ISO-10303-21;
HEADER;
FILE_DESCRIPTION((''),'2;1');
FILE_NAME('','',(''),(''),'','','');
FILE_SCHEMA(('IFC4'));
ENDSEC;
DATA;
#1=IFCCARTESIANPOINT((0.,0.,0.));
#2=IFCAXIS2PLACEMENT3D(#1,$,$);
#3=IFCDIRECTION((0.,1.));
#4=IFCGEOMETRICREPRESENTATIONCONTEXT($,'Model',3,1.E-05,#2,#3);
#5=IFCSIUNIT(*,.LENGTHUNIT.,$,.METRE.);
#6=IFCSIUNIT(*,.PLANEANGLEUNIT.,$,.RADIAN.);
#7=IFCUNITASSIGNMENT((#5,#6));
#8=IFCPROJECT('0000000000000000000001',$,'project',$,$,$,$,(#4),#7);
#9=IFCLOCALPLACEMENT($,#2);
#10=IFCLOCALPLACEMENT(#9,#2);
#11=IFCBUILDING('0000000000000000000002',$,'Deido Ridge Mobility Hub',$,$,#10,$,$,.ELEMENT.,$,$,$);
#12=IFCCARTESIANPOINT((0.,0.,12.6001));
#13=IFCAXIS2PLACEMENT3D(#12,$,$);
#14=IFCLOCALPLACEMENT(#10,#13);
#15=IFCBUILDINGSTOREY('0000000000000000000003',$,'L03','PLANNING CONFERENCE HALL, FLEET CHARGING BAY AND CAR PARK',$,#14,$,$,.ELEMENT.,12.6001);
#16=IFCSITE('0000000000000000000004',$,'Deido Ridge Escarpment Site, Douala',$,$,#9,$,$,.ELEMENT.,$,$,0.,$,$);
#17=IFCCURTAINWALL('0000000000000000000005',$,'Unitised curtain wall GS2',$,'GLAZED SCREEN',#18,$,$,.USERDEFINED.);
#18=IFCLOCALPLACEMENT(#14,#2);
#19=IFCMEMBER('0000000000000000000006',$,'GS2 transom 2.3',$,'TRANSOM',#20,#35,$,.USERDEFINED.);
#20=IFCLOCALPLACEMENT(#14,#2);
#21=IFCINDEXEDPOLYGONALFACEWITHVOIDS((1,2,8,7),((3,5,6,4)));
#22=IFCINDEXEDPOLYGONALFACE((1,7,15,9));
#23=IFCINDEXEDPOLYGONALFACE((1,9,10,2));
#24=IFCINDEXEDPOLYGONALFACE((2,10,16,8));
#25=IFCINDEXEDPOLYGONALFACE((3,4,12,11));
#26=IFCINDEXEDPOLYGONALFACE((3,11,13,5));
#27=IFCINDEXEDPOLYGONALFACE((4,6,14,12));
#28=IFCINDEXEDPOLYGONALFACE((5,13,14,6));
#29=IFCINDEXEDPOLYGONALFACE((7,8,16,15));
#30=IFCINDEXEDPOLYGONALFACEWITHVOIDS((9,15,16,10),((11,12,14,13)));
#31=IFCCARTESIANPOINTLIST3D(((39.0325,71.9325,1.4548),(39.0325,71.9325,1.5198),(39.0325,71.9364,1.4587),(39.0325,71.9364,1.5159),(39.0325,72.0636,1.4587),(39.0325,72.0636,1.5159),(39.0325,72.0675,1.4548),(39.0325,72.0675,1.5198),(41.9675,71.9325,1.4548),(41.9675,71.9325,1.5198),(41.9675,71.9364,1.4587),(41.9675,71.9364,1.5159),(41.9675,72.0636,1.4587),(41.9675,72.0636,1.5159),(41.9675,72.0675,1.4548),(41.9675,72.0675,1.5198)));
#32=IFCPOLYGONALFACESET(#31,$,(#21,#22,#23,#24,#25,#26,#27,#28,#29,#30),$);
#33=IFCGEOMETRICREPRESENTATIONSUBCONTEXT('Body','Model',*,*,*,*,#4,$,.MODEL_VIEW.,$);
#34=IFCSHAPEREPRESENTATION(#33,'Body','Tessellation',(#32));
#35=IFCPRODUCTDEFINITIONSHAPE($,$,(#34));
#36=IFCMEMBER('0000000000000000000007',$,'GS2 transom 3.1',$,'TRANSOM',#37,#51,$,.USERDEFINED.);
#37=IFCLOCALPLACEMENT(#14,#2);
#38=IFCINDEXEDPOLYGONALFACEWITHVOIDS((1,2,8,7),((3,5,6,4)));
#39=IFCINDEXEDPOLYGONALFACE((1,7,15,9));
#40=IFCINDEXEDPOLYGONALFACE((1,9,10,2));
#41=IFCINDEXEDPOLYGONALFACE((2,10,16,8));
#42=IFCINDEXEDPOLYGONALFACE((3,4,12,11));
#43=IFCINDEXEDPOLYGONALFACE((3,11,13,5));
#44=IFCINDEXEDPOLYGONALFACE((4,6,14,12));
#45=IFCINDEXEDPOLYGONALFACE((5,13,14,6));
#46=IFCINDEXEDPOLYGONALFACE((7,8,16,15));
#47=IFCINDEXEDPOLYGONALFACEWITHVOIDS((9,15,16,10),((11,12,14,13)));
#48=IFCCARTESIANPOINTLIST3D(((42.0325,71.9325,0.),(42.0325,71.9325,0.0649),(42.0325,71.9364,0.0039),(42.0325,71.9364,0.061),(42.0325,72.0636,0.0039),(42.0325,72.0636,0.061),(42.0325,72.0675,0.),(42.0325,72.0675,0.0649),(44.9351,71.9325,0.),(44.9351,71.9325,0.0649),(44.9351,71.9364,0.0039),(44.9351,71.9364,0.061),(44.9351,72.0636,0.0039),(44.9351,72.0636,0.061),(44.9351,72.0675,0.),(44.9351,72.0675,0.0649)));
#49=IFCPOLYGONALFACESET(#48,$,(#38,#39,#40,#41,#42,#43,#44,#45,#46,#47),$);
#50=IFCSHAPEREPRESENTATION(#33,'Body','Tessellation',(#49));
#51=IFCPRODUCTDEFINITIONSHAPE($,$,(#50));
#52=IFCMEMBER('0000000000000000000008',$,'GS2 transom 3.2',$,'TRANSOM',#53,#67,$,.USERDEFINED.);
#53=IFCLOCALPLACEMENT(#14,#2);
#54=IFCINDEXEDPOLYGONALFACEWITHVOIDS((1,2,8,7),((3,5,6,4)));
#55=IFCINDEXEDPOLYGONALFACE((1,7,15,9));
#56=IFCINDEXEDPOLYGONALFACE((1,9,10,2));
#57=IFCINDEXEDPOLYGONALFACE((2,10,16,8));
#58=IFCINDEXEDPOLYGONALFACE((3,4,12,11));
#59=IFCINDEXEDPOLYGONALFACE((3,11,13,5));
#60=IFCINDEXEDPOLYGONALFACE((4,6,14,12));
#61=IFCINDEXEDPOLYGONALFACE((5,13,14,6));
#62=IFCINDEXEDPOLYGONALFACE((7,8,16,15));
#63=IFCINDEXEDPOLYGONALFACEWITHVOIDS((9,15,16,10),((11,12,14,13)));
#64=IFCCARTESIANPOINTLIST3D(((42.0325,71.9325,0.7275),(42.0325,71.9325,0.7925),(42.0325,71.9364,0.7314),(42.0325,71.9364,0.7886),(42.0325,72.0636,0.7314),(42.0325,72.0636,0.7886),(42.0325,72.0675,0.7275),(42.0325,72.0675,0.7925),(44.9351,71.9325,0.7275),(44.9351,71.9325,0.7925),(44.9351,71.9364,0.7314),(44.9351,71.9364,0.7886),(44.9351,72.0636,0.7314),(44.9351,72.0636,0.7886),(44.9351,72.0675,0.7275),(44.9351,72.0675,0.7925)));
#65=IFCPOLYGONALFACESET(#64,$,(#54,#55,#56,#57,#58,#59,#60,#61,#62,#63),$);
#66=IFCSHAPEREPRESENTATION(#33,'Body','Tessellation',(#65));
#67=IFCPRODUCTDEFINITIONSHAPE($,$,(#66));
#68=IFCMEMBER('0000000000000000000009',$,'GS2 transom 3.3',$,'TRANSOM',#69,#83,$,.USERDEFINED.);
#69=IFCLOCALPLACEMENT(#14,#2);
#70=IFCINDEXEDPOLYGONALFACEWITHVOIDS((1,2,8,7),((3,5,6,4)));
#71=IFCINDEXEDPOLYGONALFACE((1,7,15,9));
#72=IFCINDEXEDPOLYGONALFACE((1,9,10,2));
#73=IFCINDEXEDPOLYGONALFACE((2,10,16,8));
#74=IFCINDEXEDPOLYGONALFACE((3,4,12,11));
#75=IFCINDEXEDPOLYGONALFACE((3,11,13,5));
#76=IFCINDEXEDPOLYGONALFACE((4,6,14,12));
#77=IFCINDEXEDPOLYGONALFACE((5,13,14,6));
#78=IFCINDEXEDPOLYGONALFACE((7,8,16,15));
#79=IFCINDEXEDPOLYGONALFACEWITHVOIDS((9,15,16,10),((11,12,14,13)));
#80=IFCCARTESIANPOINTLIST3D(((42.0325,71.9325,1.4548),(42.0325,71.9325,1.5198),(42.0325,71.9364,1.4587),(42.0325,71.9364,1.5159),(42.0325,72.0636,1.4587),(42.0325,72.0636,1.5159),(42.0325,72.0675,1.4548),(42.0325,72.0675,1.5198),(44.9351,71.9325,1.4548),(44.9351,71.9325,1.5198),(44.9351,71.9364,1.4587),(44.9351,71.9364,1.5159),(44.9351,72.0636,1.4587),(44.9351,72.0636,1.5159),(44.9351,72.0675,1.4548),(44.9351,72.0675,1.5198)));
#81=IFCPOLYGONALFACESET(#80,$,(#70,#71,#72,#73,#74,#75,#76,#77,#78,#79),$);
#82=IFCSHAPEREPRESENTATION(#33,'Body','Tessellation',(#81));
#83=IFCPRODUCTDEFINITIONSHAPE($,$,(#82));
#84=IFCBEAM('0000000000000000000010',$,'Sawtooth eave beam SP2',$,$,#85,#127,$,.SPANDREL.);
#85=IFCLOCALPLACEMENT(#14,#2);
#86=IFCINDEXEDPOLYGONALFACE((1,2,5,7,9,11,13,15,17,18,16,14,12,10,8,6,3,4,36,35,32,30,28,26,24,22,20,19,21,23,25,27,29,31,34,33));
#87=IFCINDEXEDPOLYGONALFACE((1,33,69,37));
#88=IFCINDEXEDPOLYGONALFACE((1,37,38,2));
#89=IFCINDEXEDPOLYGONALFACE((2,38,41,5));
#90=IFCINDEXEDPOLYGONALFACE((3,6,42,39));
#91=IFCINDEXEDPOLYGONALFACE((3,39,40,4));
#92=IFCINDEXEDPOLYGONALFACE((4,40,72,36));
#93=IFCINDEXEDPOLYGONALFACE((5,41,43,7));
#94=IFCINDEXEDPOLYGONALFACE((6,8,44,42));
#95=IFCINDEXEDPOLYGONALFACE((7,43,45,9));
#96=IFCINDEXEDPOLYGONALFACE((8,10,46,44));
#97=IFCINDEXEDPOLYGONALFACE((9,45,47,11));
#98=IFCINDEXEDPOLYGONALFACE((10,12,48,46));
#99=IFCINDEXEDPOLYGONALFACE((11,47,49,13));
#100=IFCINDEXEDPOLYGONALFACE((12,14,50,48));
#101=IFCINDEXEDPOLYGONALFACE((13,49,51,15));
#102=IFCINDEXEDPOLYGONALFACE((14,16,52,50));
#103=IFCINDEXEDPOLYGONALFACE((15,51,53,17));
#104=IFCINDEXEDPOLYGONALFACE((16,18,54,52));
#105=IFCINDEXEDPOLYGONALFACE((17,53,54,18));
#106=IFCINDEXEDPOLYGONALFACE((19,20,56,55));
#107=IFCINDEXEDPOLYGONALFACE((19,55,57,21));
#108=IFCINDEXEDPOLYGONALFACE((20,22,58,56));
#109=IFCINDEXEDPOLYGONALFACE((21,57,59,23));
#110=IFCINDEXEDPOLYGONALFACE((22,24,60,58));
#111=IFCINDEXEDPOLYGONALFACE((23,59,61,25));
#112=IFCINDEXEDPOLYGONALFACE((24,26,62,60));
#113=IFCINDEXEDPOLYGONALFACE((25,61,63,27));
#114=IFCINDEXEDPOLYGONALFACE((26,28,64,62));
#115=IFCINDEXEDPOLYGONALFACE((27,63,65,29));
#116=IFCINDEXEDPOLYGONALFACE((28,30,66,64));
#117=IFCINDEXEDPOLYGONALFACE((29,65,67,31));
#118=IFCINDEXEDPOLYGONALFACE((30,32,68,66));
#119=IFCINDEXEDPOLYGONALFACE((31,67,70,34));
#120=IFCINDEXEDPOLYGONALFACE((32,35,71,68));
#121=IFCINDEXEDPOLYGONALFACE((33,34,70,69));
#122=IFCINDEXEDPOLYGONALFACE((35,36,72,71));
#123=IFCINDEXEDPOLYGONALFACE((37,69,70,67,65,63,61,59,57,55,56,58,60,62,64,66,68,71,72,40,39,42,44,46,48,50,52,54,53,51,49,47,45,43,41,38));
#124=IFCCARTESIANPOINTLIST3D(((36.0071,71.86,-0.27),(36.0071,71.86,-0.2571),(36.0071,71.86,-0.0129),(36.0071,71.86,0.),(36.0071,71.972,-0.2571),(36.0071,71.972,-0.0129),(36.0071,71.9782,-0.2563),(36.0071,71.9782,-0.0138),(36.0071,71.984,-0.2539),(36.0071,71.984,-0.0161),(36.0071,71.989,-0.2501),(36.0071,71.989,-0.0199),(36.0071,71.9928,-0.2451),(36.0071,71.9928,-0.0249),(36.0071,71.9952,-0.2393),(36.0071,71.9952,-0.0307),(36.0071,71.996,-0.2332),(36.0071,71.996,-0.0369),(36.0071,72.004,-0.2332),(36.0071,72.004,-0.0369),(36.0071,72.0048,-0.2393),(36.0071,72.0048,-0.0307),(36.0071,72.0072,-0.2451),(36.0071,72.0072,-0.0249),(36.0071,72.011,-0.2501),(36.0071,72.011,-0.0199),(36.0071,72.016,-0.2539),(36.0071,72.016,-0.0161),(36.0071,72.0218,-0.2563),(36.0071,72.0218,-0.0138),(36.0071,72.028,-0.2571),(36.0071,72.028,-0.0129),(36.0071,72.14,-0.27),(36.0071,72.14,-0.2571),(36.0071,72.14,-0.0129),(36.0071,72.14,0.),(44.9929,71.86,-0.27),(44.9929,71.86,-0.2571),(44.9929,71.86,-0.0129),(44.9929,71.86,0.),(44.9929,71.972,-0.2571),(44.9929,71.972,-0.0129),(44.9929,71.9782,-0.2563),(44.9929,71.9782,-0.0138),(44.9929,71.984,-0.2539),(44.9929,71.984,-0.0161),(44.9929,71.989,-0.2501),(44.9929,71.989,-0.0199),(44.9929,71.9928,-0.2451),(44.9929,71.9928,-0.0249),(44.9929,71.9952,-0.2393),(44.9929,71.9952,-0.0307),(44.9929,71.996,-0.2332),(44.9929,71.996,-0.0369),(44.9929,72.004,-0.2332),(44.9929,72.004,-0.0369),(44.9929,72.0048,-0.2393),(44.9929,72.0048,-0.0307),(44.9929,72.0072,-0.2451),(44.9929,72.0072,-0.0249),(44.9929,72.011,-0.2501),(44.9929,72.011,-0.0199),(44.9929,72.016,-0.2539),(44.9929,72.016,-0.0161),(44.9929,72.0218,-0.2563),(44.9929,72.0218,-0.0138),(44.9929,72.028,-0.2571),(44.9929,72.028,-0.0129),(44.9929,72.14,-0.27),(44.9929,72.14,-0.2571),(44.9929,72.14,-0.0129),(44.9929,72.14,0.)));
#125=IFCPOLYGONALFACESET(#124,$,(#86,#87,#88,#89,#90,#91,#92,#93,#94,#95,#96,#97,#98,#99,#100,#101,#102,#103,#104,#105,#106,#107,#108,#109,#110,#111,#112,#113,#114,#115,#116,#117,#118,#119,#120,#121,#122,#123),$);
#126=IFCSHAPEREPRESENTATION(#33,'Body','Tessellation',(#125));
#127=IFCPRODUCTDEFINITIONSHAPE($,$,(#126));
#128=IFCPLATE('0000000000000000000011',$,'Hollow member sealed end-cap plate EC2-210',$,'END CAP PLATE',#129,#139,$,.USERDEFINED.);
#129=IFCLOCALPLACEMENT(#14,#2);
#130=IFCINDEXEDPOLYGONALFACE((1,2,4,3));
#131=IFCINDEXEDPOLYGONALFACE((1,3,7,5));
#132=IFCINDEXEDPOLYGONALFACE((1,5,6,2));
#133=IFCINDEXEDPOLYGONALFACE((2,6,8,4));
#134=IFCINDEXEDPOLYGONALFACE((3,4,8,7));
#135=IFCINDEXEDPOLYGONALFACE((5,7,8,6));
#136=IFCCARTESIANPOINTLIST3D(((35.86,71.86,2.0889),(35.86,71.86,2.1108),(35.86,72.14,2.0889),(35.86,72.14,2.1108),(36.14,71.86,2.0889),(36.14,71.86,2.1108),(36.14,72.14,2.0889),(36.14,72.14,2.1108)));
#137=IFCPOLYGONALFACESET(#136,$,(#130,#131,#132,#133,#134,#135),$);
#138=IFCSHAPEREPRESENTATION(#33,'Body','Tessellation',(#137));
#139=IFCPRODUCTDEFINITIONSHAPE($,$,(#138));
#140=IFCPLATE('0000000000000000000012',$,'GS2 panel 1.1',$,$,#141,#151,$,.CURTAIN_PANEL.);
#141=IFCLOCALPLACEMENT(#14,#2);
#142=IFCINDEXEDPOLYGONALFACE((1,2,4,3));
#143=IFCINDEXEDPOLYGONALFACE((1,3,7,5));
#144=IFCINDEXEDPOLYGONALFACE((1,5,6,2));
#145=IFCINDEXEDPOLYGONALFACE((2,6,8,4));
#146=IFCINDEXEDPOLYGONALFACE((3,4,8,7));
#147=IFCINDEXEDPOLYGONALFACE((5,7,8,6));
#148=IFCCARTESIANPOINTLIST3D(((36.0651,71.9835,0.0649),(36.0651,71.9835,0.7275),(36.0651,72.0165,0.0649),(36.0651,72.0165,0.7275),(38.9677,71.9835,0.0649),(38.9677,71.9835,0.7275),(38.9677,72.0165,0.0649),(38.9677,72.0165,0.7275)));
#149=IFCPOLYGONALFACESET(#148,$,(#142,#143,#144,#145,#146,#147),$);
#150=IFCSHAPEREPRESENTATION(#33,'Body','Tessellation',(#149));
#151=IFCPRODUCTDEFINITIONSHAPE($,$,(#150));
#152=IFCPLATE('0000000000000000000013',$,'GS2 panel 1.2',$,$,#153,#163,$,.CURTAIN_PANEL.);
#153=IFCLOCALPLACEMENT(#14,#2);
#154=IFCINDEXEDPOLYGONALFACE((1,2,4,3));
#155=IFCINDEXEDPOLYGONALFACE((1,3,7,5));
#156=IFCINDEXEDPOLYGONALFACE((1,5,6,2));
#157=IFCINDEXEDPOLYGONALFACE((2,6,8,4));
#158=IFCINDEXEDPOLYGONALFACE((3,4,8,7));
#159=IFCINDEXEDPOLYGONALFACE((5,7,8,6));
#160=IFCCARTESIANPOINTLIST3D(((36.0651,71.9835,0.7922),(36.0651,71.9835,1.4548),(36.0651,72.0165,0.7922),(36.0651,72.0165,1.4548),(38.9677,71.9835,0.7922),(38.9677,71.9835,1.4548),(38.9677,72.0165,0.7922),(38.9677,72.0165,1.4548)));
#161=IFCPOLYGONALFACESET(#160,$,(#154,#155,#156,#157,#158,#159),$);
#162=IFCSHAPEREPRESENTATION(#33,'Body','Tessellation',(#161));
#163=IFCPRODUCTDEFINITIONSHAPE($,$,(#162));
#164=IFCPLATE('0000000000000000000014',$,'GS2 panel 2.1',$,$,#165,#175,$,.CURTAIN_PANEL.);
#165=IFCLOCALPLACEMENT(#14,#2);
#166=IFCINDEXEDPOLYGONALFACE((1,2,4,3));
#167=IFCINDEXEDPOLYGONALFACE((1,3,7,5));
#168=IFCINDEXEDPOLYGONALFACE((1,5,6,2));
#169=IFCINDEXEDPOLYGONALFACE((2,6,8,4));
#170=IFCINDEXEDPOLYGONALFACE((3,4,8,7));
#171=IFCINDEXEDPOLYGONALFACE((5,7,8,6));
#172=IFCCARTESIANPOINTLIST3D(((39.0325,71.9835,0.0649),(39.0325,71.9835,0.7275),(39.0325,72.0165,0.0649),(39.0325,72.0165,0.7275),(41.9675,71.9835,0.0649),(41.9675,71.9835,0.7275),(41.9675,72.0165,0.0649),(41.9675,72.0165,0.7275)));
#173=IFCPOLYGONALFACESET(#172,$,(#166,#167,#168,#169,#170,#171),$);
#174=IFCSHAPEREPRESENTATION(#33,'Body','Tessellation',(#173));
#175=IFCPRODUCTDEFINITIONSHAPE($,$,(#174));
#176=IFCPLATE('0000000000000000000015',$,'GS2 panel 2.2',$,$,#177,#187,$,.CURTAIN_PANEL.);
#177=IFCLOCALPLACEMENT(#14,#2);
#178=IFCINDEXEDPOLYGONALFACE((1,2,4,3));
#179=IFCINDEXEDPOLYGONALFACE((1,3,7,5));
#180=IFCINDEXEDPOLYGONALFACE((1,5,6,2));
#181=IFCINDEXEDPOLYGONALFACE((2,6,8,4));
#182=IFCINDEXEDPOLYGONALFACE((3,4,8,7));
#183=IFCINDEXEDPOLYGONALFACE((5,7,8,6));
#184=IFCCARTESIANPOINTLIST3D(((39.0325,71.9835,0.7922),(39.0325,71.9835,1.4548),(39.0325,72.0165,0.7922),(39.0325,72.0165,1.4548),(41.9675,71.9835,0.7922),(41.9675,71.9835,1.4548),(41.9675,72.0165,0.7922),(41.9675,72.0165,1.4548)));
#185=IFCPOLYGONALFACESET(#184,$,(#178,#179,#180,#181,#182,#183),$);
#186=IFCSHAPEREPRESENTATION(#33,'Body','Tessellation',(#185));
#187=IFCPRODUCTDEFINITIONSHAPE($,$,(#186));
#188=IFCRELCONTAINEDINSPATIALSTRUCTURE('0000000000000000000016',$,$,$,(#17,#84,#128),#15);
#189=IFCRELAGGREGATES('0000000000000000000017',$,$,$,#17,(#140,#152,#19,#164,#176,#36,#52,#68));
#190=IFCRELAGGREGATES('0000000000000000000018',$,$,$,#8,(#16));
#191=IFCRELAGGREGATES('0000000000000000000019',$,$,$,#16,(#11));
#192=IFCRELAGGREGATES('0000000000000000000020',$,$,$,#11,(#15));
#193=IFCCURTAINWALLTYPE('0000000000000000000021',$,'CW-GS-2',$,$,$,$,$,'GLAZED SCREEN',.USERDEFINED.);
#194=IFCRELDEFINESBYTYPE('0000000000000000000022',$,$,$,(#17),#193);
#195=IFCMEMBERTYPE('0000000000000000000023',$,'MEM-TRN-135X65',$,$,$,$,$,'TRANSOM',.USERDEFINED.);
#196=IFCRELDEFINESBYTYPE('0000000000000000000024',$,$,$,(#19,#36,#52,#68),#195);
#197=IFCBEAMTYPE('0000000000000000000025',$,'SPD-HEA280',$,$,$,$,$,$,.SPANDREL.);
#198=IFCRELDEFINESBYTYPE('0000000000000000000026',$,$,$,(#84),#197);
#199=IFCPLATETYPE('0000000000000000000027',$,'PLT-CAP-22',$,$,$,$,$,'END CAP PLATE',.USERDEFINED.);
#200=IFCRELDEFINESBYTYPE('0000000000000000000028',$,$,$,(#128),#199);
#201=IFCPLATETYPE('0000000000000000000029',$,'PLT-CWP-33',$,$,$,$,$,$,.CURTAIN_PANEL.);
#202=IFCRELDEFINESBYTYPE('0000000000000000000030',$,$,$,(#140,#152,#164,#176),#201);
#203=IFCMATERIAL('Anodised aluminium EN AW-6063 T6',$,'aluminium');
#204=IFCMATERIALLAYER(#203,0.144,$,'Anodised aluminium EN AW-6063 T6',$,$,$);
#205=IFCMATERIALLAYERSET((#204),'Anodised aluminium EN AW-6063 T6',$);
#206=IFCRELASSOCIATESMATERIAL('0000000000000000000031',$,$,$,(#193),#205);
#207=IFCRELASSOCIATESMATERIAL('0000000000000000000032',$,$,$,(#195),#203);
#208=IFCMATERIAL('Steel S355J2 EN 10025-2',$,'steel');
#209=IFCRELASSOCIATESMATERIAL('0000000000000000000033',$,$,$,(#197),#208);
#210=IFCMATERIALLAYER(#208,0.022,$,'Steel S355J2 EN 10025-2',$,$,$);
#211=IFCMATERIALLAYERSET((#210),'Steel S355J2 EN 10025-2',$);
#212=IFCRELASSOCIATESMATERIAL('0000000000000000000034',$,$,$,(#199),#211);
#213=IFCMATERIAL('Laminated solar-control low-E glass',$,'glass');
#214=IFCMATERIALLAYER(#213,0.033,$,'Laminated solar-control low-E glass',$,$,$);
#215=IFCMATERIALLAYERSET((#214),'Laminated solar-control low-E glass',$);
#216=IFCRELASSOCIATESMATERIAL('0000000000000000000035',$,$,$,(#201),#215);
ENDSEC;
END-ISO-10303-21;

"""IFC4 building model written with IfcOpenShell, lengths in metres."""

from ifc_helpers import new_model, si_unit, direction, frame, origin, origin_2d, place, context, subcontext, project, spatial, rectangle, hollow_rectangle, i_section, extrude, material, layer, layer_set, material_profile, profile_set, type_object, element, aggregate, save


model = new_model("IFC4")

# Units and contexts
model_context = context("Model", 3, precision=1e-05, world=origin(), true_north=direction((0.0, 1.0)))
body_context = subcontext(model_context, "Body", "Model", "MODEL_VIEW")
ifc_project = project(units=[si_unit("LENGTHUNIT", "METRE"), si_unit("PLANEANGLEUNIT", "RADIAN")], contexts=[model_context])

# Site, building, storey
site_placement = place(None, origin())
site = spatial("IfcSite", under=ifc_project, at=site_placement, Name="Deido Ridge Escarpment Site, Douala", CompositionType="ELEMENT", RefElevation=0.0)
building_placement = place(site_placement, origin())
building = spatial("IfcBuilding", under=site, at=building_placement, Name="Deido Ridge Mobility Hub", CompositionType="ELEMENT")
storey_placement = place(building_placement, frame((0.0, 0.0, 12.6001)))
storey = spatial("IfcBuildingStorey", under=building, at=storey_placement, Name="L03", Description="PLANNING CONFERENCE HALL, FLEET CHARGING BAY AND CAR PARK", CompositionType="ELEMENT", Elevation=12.6001)

# Curtain wall
ifc_material_1 = material(Name="Anodised aluminium EN AW-6063 T6", Category="aluminium")
ifc_layer_1 = layer(ifc_material_1, 0.144, Name="Anodised aluminium EN AW-6063 T6")
ifc_layer_set_1 = layer_set([ifc_layer_1], Name="Anodised aluminium EN AW-6063 T6")
curtain_wall_type = type_object("IfcCurtainWallType", Name="CW-GS-2", ElementType="GLAZED SCREEN", PredefinedType="USERDEFINED", material=ifc_layer_set_1)
curtain_wall_placement = place(storey_placement, origin())
curtain_wall = element("IfcCurtainWall", 1, at=curtain_wall_placement, inside=storey, type_object=curtain_wall_type, Name="Unitised curtain wall GS2", ObjectType="GLAZED SCREEN", PredefinedType="USERDEFINED")

# Members
ifc_material_profile_1 = material_profile(ifc_material_1, hollow_rectangle(XDim=0.135, YDim=0.0649, WallThickness=0.0039, at=origin_2d()), Name="RHS 135x65x4")
ifc_profile_set_1 = profile_set([ifc_material_profile_1], Name="Anodised aluminium EN AW-6063 T6")
member_type_1 = type_object("IfcMemberType", Name="MEM-TRN-135X65", ElementType="TRANSOM", PredefinedType="USERDEFINED", material=ifc_profile_set_1)
member_1_placement = place(storey_placement, frame((39.0325, 72.0, 1.4873), z_axis=(1.0, 0.0, 0.0), x_axis=(0.0, 1.0, 0.0)))
member_1 = element("IfcMember", 2, at=member_1_placement, type_object=member_type_1, Name="GS2 transom 2.3", ObjectType="TRANSOM", PredefinedType="USERDEFINED", context=body_context, shape_type="SweptSolid", body=[
    extrude(hollow_rectangle(XDim=0.135, YDim=0.0649, WallThickness=0.0039, at=origin_2d()), origin(), (0.0, 0.0, 1.0), 2.9351),
])
member_2_placement = place(storey_placement, frame((42.0325, 72.0, 0.0325), z_axis=(1.0, 0.0, 0.0), x_axis=(0.0, 1.0, 0.0)))
member_2 = element("IfcMember", 3, at=member_2_placement, type_object=member_type_1, Name="GS2 transom 3.1", ObjectType="TRANSOM", PredefinedType="USERDEFINED", context=body_context, shape_type="SweptSolid", body=[
    extrude(hollow_rectangle(XDim=0.135, YDim=0.0649, WallThickness=0.0039, at=origin_2d()), origin(), (0.0, 0.0, 1.0), 2.9026),
])
member_3_placement = place(storey_placement, frame((42.0325, 72.0, 0.76), z_axis=(1.0, 0.0, 0.0), x_axis=(0.0, 1.0, 0.0)))
member_3 = element("IfcMember", 4, at=member_3_placement, type_object=member_type_1, Name="GS2 transom 3.2", ObjectType="TRANSOM", PredefinedType="USERDEFINED", context=body_context, shape_type="SweptSolid", body=[
    extrude(hollow_rectangle(XDim=0.135, YDim=0.0649, WallThickness=0.0039, at=origin_2d()), origin(), (0.0, 0.0, 1.0), 2.9026),
])
member_4_placement = place(storey_placement, frame((42.0325, 72.0, 1.4873), z_axis=(1.0, 0.0, 0.0), x_axis=(0.0, 1.0, 0.0)))
member_4 = element("IfcMember", 5, at=member_4_placement, type_object=member_type_1, Name="GS2 transom 3.3", ObjectType="TRANSOM", PredefinedType="USERDEFINED", context=body_context, shape_type="SweptSolid", body=[
    extrude(hollow_rectangle(XDim=0.135, YDim=0.0649, WallThickness=0.0039, at=origin_2d()), origin(), (0.0, 0.0, 1.0), 2.9026),
])

# Beam
ifc_material_2 = material(Name="Steel S355J2 EN 10025-2", Category="steel")
ifc_material_profile_2 = material_profile(ifc_material_2, i_section(OverallWidth=0.28, OverallDepth=0.27, WebThickness=0.0081, FlangeThickness=0.0129, FilletRadius=0.0239, at=origin_2d()), Name="HEA 280")
ifc_profile_set_2 = profile_set([ifc_material_profile_2], Name="Steel S355J2 EN 10025-2")
beam_type = type_object("IfcBeamType", Name="SPD-HEA280", PredefinedType="SPANDREL", material=ifc_profile_set_2)
beam_placement = place(storey_placement, frame((36.0071, 72.0, -0.135), z_axis=(1.0, 0.0, 0.0), x_axis=(0.0, 1.0, 0.0)))
element("IfcBeam", 6, at=beam_placement, inside=storey, type_object=beam_type, Name="Sawtooth eave beam SP2", PredefinedType="SPANDREL", context=body_context, shape_type="SweptSolid", body=[
    extrude(i_section(OverallWidth=0.28, OverallDepth=0.27, WebThickness=0.0081, FlangeThickness=0.0129, FilletRadius=0.0239, at=origin_2d()), origin(), (0.0, 0.0, 1.0), 8.9858),
])

# Plates
ifc_layer_2 = layer(ifc_material_2, 0.022, Name="Steel S355J2 EN 10025-2")
ifc_layer_set_2 = layer_set([ifc_layer_2], Name="Steel S355J2 EN 10025-2")
plate_type_1 = type_object("IfcPlateType", Name="PLT-CAP-22", ElementType="END CAP PLATE", PredefinedType="USERDEFINED", material=ifc_layer_set_2)
plate_1_placement = place(storey_placement, frame((36.0, 72.0, 2.0889), z_axis=(0.0, 0.0, 1.0), x_axis=(1.0, 0.0, 0.0)))
element("IfcPlate", 7, at=plate_1_placement, inside=storey, type_object=plate_type_1, Name="Hollow member sealed end-cap plate EC2-210", ObjectType="END CAP PLATE", PredefinedType="USERDEFINED", context=body_context, shape_type="SweptSolid", body=[
    extrude(rectangle(XDim=0.28, YDim=0.28, at=origin_2d()), origin(), (0.0, 0.0, 1.0), 0.022),
])
ifc_material_3 = material(Name="Laminated solar-control low-E glass", Category="glass")
ifc_layer_3 = layer(ifc_material_3, 0.033, Name="Laminated solar-control low-E glass")
ifc_layer_set_3 = layer_set([ifc_layer_3], Name="Laminated solar-control low-E glass")
plate_type_2 = type_object("IfcPlateType", Name="PLT-CWP-33", PredefinedType="CURTAIN_PANEL", material=ifc_layer_set_3)
plate_2_placement = place(storey_placement, frame((37.5164, 72.0, 0.0649), z_axis=(0.0, 0.0, 1.0), x_axis=(1.0, 0.0, 0.0)))
plate_2 = element("IfcPlate", 8, at=plate_2_placement, type_object=plate_type_2, Name="GS2 panel 1.1", PredefinedType="CURTAIN_PANEL", context=body_context, shape_type="SweptSolid", body=[
    extrude(rectangle(XDim=2.9026, YDim=0.033, at=origin_2d()), origin(), (0.0, 0.0, 1.0), 0.6626),
])
plate_3_placement = place(storey_placement, frame((37.5164, 72.0, 0.7922), z_axis=(0.0, 0.0, 1.0), x_axis=(1.0, 0.0, 0.0)))
plate_3 = element("IfcPlate", 9, at=plate_3_placement, type_object=plate_type_2, Name="GS2 panel 1.2", PredefinedType="CURTAIN_PANEL", context=body_context, shape_type="SweptSolid", body=[
    extrude(rectangle(XDim=2.9026, YDim=0.033, at=origin_2d()), origin(), (0.0, 0.0, 1.0), 0.6626),
])
plate_4_placement = place(storey_placement, frame((40.5, 72.0, 0.0649), z_axis=(0.0, 0.0, 1.0), x_axis=(1.0, 0.0, 0.0)))
plate_4 = element("IfcPlate", 10, at=plate_4_placement, type_object=plate_type_2, Name="GS2 panel 2.1", PredefinedType="CURTAIN_PANEL", context=body_context, shape_type="SweptSolid", body=[
    extrude(rectangle(XDim=2.9351, YDim=0.033, at=origin_2d()), origin(), (0.0, 0.0, 1.0), 0.6626),
])
plate_5_placement = place(storey_placement, frame((40.5, 72.0, 0.7922), z_axis=(0.0, 0.0, 1.0), x_axis=(1.0, 0.0, 0.0)))
plate_5 = element("IfcPlate", 11, at=plate_5_placement, type_object=plate_type_2, Name="GS2 panel 2.2", PredefinedType="CURTAIN_PANEL", context=body_context, shape_type="SweptSolid", body=[
    extrude(rectangle(XDim=2.9351, YDim=0.033, at=origin_2d()), origin(), (0.0, 0.0, 1.0), 0.6626),
])
aggregate(curtain_wall, [plate_2, plate_3, member_1, plate_4, plate_5, member_2, member_3, member_4])

save(model, "model.ifc")
